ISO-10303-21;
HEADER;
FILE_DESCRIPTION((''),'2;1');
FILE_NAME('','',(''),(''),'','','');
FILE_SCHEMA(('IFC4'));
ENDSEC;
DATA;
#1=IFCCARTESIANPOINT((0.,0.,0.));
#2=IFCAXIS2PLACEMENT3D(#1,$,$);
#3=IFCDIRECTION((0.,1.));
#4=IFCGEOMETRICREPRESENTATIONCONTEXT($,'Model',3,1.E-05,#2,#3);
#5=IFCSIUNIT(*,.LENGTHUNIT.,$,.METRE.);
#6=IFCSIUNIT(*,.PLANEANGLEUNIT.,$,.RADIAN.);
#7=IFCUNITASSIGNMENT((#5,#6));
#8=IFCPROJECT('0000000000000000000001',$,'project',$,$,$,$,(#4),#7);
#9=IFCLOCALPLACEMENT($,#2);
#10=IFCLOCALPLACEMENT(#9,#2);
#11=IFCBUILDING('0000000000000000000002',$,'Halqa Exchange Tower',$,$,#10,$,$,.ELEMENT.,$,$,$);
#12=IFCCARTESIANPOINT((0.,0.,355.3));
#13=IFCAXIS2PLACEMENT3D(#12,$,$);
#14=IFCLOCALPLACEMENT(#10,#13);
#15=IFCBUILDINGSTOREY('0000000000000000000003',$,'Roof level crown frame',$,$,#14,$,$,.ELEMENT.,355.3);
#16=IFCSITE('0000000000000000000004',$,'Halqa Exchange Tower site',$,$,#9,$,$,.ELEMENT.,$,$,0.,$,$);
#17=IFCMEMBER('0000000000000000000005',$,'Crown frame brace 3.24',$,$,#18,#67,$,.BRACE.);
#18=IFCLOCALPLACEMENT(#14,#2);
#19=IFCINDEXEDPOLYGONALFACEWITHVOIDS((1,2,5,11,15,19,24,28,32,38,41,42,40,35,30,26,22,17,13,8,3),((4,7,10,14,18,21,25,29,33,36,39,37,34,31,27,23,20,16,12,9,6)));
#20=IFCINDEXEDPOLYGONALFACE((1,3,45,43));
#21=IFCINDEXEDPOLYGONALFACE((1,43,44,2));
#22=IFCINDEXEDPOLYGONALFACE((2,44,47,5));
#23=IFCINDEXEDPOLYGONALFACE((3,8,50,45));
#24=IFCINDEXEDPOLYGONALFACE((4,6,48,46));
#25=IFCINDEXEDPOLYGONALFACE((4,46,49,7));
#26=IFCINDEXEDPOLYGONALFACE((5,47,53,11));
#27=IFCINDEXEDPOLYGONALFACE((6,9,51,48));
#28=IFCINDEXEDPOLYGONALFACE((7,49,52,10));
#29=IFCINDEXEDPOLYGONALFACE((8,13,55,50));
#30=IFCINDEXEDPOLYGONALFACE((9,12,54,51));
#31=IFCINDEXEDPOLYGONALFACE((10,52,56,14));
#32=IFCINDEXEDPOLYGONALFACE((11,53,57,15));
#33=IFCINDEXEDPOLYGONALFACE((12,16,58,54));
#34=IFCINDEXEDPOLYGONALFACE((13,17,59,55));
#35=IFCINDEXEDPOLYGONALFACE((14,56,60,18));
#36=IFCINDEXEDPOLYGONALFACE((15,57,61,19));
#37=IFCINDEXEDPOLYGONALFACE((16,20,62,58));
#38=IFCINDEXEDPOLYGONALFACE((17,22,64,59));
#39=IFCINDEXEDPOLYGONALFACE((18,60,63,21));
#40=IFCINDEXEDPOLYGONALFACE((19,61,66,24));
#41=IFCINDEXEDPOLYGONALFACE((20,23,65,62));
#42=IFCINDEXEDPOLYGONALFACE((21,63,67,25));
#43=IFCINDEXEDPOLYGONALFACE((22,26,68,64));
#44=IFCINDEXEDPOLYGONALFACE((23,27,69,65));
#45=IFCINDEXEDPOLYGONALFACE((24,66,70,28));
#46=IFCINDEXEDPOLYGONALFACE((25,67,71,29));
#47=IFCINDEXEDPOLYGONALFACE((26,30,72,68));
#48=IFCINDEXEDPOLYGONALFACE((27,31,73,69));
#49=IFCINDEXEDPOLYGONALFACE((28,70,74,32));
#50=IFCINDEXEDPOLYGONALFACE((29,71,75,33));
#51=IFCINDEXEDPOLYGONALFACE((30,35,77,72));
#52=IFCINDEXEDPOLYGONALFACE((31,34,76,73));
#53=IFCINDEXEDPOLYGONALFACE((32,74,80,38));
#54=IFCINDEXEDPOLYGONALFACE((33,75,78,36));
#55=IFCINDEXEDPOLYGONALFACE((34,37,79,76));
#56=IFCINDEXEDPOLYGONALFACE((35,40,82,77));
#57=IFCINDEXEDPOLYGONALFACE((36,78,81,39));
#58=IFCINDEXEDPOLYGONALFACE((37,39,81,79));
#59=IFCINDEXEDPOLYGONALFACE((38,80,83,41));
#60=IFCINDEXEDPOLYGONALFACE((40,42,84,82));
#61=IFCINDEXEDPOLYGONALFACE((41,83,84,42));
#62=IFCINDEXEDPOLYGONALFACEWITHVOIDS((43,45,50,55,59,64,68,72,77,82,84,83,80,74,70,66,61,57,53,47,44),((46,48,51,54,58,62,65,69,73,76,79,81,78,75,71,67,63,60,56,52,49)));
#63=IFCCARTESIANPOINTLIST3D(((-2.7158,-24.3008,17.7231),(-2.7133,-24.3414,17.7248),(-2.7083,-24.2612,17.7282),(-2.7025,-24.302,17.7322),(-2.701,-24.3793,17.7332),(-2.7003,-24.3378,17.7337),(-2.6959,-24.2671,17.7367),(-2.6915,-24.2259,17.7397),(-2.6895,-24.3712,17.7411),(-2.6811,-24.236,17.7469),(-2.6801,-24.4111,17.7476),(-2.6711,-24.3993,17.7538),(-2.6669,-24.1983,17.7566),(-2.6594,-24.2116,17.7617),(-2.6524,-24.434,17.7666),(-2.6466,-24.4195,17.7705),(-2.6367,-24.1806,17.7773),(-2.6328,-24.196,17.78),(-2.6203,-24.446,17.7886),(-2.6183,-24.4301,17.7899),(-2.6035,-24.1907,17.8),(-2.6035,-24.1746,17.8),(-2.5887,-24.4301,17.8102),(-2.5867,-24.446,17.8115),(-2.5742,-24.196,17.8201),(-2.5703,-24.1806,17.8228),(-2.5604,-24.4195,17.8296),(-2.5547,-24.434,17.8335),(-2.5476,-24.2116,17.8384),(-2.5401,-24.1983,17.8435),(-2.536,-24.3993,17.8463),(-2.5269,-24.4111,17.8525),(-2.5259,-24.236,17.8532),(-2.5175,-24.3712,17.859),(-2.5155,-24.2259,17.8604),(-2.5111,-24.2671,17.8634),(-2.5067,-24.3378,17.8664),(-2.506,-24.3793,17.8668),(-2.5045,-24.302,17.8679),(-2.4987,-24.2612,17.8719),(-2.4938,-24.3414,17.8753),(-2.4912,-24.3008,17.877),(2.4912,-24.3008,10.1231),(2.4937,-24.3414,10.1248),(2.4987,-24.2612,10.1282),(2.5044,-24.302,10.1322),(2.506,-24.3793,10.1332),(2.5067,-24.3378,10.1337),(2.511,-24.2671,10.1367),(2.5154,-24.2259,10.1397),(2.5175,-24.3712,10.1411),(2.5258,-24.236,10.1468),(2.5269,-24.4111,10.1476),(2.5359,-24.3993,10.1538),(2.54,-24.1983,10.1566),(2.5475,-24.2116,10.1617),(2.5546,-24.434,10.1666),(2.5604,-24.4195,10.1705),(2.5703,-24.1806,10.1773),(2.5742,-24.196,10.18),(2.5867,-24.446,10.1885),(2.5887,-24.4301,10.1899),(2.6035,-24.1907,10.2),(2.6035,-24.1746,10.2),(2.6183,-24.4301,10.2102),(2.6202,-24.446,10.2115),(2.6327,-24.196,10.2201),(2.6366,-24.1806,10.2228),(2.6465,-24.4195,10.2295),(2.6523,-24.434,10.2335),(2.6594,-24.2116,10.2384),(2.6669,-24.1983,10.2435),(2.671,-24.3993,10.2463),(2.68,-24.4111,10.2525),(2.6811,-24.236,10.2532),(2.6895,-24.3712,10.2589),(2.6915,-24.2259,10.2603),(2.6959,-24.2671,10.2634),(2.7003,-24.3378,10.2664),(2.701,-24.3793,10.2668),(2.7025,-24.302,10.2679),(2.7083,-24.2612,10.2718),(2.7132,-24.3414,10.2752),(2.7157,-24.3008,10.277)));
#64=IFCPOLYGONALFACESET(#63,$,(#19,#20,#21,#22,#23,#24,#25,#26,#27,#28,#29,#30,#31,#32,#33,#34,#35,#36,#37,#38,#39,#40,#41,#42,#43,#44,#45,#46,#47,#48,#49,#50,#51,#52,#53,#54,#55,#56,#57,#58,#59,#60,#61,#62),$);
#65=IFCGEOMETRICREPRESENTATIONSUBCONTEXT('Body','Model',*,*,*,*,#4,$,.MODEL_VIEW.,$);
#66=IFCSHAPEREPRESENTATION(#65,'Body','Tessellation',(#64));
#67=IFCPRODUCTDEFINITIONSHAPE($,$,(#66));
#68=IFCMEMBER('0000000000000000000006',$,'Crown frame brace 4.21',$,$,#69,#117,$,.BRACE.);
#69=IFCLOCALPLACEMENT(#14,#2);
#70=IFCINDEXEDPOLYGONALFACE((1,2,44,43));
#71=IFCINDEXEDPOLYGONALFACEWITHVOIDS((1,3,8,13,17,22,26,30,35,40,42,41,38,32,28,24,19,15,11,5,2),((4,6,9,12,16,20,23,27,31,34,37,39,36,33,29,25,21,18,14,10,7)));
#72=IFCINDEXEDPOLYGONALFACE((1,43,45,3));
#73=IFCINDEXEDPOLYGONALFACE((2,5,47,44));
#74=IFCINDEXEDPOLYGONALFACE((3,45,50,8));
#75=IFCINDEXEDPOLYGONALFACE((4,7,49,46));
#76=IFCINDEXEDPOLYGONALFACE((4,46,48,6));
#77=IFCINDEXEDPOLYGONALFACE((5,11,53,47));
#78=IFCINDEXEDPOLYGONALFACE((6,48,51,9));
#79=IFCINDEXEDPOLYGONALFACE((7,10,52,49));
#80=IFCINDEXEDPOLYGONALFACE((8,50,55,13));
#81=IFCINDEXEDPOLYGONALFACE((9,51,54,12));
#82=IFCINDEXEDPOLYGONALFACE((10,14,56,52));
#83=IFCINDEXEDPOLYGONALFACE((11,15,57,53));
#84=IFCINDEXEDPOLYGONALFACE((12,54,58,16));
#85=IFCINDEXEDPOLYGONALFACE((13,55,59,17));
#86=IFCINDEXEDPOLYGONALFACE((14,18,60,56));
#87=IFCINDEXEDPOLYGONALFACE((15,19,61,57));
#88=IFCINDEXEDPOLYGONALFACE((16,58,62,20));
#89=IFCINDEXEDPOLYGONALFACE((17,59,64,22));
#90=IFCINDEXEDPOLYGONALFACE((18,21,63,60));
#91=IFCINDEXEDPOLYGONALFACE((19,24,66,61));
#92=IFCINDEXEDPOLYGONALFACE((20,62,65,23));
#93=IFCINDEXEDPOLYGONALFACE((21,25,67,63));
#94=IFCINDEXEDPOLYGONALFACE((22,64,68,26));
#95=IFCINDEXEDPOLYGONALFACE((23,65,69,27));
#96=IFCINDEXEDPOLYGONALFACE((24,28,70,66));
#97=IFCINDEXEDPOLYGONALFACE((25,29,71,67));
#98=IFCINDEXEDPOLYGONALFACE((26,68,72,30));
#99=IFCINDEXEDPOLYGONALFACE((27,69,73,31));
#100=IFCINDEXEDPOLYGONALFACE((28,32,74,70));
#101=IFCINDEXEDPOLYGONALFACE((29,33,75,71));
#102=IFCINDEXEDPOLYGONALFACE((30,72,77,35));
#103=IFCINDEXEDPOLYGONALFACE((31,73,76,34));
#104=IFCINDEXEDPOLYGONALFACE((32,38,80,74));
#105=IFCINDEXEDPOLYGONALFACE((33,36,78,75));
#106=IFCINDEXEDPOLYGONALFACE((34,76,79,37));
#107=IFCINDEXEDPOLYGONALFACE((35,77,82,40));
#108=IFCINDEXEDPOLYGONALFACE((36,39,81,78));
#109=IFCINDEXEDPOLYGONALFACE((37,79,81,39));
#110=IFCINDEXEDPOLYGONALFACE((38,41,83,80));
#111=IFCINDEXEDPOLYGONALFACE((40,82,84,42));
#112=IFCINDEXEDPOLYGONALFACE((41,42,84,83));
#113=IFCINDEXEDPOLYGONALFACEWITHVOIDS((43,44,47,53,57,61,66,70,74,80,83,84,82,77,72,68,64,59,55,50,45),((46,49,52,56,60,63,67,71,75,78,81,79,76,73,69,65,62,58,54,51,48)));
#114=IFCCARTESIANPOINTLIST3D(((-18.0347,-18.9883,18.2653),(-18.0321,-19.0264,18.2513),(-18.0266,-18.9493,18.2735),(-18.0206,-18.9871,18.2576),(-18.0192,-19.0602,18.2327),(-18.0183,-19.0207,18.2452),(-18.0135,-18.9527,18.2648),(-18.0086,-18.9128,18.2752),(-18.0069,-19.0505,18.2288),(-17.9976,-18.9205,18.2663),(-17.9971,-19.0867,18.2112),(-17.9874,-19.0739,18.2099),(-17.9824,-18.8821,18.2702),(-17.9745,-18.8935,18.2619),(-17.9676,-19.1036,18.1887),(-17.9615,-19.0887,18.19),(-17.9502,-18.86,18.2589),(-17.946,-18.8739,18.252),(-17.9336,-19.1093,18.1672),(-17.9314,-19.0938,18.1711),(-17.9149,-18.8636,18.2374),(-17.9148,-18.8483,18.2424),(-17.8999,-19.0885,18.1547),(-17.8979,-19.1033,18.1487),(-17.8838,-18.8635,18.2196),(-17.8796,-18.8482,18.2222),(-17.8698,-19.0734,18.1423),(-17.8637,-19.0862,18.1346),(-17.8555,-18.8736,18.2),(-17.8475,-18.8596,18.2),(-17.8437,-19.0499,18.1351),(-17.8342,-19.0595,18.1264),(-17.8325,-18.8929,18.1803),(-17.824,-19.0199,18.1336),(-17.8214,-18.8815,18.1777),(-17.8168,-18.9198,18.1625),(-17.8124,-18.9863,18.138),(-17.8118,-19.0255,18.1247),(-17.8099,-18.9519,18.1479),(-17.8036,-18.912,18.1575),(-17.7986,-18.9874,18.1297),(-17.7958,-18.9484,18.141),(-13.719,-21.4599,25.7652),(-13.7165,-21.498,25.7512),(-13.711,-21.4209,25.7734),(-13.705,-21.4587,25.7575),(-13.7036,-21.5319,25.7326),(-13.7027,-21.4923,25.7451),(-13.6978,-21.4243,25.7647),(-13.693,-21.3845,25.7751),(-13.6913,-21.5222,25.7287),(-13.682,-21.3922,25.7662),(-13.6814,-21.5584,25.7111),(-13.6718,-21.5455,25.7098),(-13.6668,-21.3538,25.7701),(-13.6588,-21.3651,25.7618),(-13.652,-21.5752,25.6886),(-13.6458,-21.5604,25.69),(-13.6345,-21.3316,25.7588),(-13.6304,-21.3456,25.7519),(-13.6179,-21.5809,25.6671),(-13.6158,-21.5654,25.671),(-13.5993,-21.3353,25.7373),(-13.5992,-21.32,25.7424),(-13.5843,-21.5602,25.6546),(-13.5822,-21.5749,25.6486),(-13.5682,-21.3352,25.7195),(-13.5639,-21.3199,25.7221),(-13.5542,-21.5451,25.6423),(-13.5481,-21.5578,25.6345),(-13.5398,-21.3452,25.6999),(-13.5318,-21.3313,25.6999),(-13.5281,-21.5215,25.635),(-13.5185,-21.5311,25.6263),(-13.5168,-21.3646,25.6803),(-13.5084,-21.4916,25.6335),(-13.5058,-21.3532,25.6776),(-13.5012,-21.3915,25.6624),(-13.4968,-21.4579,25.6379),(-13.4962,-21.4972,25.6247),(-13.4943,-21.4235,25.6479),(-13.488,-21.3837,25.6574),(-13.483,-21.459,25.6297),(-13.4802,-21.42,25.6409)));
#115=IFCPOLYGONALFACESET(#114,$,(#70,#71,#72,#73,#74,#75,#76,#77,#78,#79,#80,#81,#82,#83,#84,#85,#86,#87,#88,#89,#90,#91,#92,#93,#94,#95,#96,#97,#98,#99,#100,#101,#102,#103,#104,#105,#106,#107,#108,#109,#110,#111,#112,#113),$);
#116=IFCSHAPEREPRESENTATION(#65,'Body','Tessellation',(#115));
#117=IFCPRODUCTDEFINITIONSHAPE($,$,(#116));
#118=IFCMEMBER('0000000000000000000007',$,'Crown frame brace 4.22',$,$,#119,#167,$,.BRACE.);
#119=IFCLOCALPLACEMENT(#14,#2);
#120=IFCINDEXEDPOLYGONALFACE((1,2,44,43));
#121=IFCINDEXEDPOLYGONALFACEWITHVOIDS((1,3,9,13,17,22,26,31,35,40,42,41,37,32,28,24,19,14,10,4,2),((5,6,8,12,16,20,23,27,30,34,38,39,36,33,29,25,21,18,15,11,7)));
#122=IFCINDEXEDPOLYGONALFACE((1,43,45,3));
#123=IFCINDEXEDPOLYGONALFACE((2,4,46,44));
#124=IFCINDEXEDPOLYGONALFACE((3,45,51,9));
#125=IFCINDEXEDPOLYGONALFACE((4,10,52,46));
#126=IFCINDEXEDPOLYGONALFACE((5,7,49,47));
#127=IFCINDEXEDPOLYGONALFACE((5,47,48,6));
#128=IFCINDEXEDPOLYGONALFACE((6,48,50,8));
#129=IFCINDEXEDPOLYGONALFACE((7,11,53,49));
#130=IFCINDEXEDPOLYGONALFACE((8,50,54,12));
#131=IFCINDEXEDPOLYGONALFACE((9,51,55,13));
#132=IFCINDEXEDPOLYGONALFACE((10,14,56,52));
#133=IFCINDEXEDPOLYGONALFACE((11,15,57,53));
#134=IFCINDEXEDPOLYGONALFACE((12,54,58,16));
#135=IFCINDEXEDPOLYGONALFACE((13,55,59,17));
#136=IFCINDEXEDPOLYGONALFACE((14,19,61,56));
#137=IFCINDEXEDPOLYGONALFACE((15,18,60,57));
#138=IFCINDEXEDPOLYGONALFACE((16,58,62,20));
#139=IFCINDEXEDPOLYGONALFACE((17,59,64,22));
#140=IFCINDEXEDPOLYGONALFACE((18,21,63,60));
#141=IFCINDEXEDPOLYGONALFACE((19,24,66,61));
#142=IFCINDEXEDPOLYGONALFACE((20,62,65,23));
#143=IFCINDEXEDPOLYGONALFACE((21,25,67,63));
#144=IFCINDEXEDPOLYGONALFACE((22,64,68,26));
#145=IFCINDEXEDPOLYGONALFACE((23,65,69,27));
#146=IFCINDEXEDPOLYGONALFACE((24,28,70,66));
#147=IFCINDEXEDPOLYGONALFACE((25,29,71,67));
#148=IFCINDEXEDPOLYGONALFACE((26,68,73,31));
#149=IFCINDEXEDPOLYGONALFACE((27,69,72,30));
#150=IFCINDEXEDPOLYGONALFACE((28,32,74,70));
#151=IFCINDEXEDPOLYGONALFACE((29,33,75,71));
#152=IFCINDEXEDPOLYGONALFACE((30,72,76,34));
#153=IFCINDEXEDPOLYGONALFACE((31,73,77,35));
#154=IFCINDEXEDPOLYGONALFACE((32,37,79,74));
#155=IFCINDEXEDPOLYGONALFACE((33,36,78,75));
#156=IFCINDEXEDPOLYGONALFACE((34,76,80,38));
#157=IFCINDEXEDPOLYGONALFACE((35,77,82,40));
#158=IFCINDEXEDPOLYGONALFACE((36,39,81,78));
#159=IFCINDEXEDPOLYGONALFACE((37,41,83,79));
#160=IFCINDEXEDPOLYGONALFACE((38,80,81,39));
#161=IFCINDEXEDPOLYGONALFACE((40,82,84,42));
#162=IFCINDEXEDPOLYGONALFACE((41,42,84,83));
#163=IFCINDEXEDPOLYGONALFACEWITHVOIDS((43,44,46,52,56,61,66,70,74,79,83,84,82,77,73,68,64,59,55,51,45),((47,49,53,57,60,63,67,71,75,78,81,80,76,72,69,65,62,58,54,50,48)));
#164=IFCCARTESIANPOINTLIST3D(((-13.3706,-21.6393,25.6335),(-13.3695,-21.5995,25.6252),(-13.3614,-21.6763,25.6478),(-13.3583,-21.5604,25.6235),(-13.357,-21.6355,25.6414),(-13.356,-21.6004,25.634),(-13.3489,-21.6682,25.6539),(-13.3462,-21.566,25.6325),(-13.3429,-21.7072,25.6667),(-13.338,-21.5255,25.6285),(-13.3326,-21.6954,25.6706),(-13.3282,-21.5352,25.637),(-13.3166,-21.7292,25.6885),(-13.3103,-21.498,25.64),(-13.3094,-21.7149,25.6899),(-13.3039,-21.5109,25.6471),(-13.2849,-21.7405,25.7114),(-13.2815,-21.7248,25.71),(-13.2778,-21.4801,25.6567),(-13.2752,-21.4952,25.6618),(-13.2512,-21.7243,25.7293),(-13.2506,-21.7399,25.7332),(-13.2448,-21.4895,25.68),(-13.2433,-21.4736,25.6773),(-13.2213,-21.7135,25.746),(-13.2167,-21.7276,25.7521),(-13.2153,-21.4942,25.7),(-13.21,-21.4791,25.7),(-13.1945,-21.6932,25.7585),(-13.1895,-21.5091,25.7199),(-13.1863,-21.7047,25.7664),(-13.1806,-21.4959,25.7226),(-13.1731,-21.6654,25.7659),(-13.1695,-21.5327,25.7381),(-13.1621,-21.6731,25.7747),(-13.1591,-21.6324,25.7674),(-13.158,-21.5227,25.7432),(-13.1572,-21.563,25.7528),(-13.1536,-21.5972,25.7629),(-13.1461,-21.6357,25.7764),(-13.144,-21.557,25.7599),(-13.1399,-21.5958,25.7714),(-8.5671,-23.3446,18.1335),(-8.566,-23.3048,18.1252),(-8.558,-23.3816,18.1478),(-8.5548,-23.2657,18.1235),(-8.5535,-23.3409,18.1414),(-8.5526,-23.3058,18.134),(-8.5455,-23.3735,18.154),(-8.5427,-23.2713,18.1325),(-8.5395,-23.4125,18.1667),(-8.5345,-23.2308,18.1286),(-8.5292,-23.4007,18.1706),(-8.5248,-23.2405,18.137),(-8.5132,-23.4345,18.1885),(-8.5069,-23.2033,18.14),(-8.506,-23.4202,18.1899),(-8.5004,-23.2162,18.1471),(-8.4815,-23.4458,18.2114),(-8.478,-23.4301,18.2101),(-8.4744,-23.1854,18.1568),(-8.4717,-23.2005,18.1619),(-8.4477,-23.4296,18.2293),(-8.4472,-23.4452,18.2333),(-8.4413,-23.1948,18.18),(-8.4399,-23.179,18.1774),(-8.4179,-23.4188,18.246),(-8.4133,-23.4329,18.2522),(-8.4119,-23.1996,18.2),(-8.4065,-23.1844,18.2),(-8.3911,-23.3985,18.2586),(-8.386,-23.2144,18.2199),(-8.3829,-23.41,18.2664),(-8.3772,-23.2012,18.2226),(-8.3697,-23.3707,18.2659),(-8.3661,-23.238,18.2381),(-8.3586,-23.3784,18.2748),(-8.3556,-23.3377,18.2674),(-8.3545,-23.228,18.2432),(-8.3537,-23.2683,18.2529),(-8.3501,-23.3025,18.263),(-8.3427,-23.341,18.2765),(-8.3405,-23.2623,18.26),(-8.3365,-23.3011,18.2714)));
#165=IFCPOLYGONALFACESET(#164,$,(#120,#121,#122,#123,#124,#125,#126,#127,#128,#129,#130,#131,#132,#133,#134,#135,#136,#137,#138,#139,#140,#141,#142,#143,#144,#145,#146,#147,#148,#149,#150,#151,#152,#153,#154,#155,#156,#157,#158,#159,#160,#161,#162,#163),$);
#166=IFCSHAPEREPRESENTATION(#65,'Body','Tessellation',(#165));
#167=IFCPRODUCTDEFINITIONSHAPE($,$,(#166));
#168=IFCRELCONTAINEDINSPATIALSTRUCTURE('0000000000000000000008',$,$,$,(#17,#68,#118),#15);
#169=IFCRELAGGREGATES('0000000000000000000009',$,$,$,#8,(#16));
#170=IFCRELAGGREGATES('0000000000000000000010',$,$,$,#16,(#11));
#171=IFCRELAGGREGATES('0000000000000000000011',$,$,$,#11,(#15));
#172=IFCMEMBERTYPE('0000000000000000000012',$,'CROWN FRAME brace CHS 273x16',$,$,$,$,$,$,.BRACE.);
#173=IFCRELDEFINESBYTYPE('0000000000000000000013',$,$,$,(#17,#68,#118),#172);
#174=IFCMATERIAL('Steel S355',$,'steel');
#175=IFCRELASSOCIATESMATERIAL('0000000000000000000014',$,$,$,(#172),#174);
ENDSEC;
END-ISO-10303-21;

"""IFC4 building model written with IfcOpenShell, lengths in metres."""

from ifc_helpers import new_model, si_unit, direction, frame, origin, origin_2d, place, context, subcontext, project, spatial, hollow_circle, extrude, material, material_profile, profile_set, type_object, element, save


model = new_model("IFC4")

# Units and contexts
model_context = context("Model", 3, precision=1e-05, world=origin(), true_north=direction((0.0, 1.0)))
body_context = subcontext(model_context, "Body", "Model", "MODEL_VIEW")
ifc_project = project(units=[si_unit("LENGTHUNIT", "METRE"), si_unit("PLANEANGLEUNIT", "RADIAN")], contexts=[model_context])

# Site, building, storey
site_placement = place(None, origin())
site = spatial("IfcSite", under=ifc_project, at=site_placement, Name="Halqa Exchange Tower site", CompositionType="ELEMENT", RefElevation=0.0)
building_placement = place(site_placement, origin())
building = spatial("IfcBuilding", under=site, at=building_placement, Name="Halqa Exchange Tower", CompositionType="ELEMENT")
storey_placement = place(building_placement, frame((0.0, 0.0, 355.3)))
storey = spatial("IfcBuildingStorey", under=building, at=storey_placement, Name="Roof level crown frame", CompositionType="ELEMENT", Elevation=355.3)

# Members
ifc_material_1 = material(Name="Steel S355", Category="steel")
ifc_material_profile_1 = material_profile(ifc_material_1, hollow_circle(Radius=0.1365, WallThickness=0.0161, at=origin_2d()), Name="CHS 273x16")
ifc_profile_set_1 = profile_set([ifc_material_profile_1], Name="Steel S355")
member_type = type_object("IfcMemberType", Name="CROWN FRAME brace CHS 273x16", PredefinedType="BRACE", material=ifc_profile_set_1)
member_1_placement = place(storey_placement, frame((-2.6035, -24.311, 17.8), z_axis=(0.565199, 0.0, -0.824955), x_axis=(0.0, 1.0, 0.0)))
element("IfcMember", 1, at=member_1_placement, inside=storey, type_object=member_type, Name="Crown frame brace 3.24", PredefinedType="BRACE", context=body_context, shape_type="SweptSolid", body=[
    extrude(hollow_circle(Radius=0.1365, WallThickness=0.0161, at=origin_2d()), origin(), (0.0, 0.0, 1.0), 9.2126),
])
member_2_placement = place(storey_placement, frame((-17.9153, -18.978, 18.2), z_axis=(0.479566, -0.274658, 0.833414), x_axis=(0.496985, 0.867759, 0.0)))
element("IfcMember", 2, at=member_2_placement, inside=storey, type_object=member_type, Name="Crown frame brace 4.21", PredefinedType="BRACE", context=body_context, shape_type="SweptSolid", body=[
    extrude(hollow_circle(Radius=0.1365, WallThickness=0.0161, at=origin_2d()), origin(), (0.0, 0.0, 1.0), 8.999),
])
member_3_placement = place(storey_placement, frame((-13.2556, -21.6077, 25.7), z_axis=(0.529707, -0.188056, -0.82707), x_axis=(0.334561, 0.942374, 0.0)))
element("IfcMember", 3, at=member_3_placement, inside=storey, type_object=member_type, Name="Crown frame brace 4.22", PredefinedType="BRACE", context=body_context, shape_type="SweptSolid", body=[
    extrude(hollow_circle(Radius=0.1365, WallThickness=0.0161, at=origin_2d()), origin(), (0.0, 0.0, 1.0), 9.0681),
])

save(model, "model.ifc")
